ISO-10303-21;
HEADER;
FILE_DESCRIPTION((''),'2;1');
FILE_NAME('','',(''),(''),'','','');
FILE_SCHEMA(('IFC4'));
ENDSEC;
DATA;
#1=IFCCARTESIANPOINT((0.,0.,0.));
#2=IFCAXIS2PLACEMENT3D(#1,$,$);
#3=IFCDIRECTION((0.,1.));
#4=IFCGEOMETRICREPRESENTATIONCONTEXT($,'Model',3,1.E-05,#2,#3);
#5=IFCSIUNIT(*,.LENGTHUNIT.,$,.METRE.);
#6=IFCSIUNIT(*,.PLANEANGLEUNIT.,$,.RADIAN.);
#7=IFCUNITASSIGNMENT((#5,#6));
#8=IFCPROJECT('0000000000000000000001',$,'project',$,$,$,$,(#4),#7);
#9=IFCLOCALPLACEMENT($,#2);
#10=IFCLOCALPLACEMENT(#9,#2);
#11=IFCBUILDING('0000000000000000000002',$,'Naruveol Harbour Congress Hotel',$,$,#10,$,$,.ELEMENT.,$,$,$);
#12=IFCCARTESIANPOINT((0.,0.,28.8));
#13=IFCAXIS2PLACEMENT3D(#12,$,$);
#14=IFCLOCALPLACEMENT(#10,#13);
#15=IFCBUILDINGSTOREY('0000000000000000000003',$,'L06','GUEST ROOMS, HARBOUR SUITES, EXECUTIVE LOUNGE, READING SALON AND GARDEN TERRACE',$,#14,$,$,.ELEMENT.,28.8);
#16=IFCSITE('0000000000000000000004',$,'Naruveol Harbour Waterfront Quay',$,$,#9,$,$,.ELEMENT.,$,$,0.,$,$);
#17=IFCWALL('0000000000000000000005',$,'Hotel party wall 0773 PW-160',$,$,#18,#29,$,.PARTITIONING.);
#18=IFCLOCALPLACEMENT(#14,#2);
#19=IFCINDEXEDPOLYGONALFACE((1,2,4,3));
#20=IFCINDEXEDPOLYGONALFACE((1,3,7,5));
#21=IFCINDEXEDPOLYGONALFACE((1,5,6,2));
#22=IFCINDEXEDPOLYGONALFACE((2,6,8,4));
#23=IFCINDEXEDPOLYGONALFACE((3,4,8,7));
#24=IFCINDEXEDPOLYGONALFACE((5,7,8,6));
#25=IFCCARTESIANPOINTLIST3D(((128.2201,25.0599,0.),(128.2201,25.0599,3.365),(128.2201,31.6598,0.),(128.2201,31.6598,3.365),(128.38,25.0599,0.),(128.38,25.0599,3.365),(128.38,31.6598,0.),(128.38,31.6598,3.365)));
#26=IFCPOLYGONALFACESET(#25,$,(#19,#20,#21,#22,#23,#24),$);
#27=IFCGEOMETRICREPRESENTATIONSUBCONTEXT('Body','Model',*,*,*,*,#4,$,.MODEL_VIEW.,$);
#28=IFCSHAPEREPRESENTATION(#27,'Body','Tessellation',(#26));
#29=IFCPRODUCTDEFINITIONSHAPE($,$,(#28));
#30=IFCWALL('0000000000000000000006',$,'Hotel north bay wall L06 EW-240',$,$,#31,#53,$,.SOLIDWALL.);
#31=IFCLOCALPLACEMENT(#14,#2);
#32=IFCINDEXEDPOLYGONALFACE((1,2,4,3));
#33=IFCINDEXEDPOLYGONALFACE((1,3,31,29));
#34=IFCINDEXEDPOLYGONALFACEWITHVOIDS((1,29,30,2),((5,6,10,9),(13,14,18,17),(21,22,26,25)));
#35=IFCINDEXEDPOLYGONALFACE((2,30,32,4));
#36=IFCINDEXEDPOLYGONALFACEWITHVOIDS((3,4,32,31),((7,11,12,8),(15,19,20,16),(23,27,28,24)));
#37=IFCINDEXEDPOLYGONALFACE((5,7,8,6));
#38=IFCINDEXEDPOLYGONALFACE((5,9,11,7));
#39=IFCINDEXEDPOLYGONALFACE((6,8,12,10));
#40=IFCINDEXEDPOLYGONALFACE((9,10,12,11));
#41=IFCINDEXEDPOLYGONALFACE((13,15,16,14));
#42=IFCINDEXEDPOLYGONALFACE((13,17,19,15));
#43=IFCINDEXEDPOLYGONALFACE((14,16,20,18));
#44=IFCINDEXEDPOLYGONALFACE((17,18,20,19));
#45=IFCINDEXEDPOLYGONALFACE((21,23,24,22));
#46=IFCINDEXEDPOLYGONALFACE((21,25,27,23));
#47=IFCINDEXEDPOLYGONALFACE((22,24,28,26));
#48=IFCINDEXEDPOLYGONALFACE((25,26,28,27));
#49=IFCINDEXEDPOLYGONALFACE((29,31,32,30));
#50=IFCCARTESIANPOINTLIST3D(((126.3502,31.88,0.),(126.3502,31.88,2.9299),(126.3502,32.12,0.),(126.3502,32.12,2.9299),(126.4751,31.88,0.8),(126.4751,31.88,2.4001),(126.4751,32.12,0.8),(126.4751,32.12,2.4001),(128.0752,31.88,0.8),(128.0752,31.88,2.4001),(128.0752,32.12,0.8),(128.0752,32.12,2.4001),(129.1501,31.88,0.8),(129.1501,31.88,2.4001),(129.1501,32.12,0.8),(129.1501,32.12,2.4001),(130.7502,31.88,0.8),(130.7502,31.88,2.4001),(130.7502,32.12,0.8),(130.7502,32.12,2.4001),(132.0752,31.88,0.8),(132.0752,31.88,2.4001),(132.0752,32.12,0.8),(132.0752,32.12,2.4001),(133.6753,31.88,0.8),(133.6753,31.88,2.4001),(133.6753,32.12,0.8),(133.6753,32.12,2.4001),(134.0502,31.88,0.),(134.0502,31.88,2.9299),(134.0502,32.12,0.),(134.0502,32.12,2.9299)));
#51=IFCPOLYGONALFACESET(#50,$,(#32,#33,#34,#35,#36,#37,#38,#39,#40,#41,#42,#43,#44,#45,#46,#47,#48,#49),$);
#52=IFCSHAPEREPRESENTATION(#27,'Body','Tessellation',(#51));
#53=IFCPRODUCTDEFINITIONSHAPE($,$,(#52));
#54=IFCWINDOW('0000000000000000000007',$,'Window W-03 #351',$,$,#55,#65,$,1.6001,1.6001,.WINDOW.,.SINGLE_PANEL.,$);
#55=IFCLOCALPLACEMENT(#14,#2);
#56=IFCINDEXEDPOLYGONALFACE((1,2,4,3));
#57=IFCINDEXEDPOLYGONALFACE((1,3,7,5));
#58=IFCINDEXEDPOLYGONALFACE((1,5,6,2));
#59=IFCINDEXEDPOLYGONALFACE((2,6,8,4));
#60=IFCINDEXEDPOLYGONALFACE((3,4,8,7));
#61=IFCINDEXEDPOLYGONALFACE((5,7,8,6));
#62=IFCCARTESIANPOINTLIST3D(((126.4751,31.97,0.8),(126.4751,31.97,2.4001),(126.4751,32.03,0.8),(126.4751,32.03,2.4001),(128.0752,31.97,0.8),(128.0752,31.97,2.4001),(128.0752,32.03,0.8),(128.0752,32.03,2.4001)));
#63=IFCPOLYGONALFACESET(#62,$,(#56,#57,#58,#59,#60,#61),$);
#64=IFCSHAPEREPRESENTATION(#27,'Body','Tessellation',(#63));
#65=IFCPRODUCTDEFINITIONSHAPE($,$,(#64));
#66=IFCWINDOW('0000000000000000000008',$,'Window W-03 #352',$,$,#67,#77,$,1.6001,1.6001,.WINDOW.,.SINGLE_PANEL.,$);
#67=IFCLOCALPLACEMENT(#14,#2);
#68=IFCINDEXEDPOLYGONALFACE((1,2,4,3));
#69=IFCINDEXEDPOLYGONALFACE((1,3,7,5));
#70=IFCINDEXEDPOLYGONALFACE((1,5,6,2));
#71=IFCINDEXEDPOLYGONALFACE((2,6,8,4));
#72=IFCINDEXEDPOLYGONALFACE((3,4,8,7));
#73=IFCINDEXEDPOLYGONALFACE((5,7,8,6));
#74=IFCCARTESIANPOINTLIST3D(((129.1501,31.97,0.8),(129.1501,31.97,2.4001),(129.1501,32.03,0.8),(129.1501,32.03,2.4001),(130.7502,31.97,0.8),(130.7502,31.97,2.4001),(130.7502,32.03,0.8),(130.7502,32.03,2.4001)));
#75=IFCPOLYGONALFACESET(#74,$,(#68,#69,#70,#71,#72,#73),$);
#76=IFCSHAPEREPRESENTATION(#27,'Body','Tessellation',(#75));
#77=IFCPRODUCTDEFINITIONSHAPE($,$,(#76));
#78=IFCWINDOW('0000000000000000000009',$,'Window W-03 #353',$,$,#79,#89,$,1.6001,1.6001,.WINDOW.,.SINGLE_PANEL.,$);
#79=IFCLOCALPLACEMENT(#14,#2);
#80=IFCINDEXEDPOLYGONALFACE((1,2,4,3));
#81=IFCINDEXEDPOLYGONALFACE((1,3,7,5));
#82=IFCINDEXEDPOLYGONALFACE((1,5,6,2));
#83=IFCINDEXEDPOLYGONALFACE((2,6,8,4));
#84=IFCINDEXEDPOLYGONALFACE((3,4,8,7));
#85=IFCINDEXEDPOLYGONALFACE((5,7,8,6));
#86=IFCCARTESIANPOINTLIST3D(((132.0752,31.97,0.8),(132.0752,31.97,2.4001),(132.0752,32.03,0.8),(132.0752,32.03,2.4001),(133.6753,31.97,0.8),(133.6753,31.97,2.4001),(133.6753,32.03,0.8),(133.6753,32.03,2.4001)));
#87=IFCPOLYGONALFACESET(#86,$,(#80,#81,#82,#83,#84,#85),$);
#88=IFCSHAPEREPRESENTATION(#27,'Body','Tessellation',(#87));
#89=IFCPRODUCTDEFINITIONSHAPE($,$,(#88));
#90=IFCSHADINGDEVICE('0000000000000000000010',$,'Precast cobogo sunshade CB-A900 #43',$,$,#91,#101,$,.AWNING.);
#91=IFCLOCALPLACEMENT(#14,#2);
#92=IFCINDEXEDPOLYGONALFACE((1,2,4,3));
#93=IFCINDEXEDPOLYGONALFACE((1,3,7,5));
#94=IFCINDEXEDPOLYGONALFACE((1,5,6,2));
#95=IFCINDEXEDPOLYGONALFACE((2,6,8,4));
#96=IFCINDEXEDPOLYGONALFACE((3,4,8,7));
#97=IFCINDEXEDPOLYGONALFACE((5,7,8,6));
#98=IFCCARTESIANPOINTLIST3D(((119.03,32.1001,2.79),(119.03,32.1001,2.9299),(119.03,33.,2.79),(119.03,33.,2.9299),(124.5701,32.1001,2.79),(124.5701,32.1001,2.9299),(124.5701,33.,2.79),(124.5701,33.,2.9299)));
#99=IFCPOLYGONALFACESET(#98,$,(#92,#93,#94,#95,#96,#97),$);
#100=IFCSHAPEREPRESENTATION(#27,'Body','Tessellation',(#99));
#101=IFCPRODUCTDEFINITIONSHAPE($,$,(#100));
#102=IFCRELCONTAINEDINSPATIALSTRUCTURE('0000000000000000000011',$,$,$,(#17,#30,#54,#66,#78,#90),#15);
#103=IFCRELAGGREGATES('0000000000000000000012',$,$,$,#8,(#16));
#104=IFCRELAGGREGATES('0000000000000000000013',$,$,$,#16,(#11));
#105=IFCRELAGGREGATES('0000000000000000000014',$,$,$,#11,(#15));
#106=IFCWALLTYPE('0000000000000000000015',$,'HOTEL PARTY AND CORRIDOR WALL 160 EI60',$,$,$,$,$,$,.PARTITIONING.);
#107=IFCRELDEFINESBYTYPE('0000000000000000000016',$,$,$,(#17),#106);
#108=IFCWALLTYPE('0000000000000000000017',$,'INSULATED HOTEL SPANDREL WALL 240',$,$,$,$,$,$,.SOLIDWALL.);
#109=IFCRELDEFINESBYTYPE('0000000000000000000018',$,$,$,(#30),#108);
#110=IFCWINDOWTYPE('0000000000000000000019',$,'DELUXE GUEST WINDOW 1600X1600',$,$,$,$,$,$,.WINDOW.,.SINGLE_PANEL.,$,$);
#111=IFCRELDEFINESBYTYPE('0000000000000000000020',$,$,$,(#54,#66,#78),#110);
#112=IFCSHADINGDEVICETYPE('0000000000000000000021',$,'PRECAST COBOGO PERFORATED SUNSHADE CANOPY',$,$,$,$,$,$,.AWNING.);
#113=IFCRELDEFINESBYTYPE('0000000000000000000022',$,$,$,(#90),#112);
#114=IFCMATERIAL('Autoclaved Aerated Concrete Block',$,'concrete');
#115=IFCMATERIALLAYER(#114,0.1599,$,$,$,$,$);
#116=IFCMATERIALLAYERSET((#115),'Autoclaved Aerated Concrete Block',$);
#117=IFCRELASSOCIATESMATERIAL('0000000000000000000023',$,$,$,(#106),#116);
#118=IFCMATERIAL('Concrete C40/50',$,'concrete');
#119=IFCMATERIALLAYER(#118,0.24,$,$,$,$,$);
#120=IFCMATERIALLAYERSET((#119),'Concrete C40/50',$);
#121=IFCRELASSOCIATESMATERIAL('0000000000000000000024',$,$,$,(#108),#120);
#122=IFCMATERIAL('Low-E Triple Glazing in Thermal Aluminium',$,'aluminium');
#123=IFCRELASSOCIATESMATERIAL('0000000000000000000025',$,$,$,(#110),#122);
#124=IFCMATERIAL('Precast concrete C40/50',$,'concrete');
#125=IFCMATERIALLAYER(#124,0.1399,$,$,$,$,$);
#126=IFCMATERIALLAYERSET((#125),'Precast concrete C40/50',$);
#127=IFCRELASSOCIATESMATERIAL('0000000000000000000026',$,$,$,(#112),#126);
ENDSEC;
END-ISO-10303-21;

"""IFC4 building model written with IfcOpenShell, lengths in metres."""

from ifc_helpers import new_model, si_unit, direction, frame, frame_2d, origin, origin_2d, place, context, subcontext, project, spatial, rectangle, extrude, material, layer, layer_set, type_object, element, fill, save


model = new_model("IFC4")

# Units and contexts
model_context = context("Model", 3, precision=1e-05, world=origin(), true_north=direction((0.0, 1.0)))
body_context = subcontext(model_context, "Body", "Model", "MODEL_VIEW")
ifc_project = project(units=[si_unit("LENGTHUNIT", "METRE"), si_unit("PLANEANGLEUNIT", "RADIAN")], contexts=[model_context])

# Site, building, storey
site_placement = place(None, origin())
site = spatial("IfcSite", under=ifc_project, at=site_placement, Name="Naruveol Harbour Waterfront Quay", CompositionType="ELEMENT", RefElevation=0.0)
building_placement = place(site_placement, origin())
building = spatial("IfcBuilding", under=site, at=building_placement, Name="Naruveol Harbour Congress Hotel", CompositionType="ELEMENT")
storey_placement = place(building_placement, frame((0.0, 0.0, 28.8)))
storey = spatial("IfcBuildingStorey", under=building, at=storey_placement, Name="L06", Description="GUEST ROOMS, HARBOUR SUITES, EXECUTIVE LOUNGE, READING SALON AND GARDEN TERRACE", CompositionType="ELEMENT", Elevation=28.8)

# Shared definitions
ifc_material_1 = material(Name="Autoclaved Aerated Concrete Block", Category="concrete")
ifc_layer_1 = layer(ifc_material_1, 0.1599)
ifc_layer_set_1 = layer_set([ifc_layer_1], Name="Autoclaved Aerated Concrete Block")
wall_type_1 = type_object("IfcWallType", Name="HOTEL PARTY AND CORRIDOR WALL 160 EI60", PredefinedType="PARTITIONING", material=ifc_layer_set_1)

# Wall
wall_1_placement = place(storey_placement, frame((128.3, 25.0601, 0.0), z_axis=(0.0, 0.0, 1.0), x_axis=(0.0, 1.0, 0.0)))
element("IfcWall", 1, at=wall_1_placement, inside=storey, type_object=wall_type_1, Name="Hotel party wall 0773 PW-160", PredefinedType="PARTITIONING", context=body_context, shape_type="SweptSolid", body=[
    extrude(rectangle(XDim=6.5999, YDim=0.1599, at=frame_2d((3.2998, 0.0))), origin(), (0.0, 0.0, 1.0), 3.365),
])

# Wall, openings, windows
ifc_material_2 = material(Name="Concrete C40/50", Category="concrete")
ifc_layer_2 = layer(ifc_material_2, 0.24)
ifc_layer_set_2 = layer_set([ifc_layer_2], Name="Concrete C40/50")
wall_type_2 = type_object("IfcWallType", Name="INSULATED HOTEL SPANDREL WALL 240", PredefinedType="SOLIDWALL", material=ifc_layer_set_2)
wall_2_placement = place(storey_placement, frame((126.3501, 32.0, 0.0), z_axis=(0.0, 0.0, 1.0), x_axis=(1.0, 0.0, 0.0)))
wall_2 = element("IfcWall", 2, at=wall_2_placement, inside=storey, type_object=wall_type_2, Name="Hotel north bay wall L06 EW-240", PredefinedType="SOLIDWALL", context=body_context, shape_type="SweptSolid", body=[
    extrude(rectangle(XDim=7.7, YDim=0.24, at=frame_2d((3.8501, 0.0))), origin(), (0.0, 0.0, 1.0), 2.9299),
])
opening_1_placement = place(wall_2_placement, frame((0.125, 0.0, 0.8)))
opening_1 = element("IfcOpeningElement", 3, at=opening_1_placement, cuts=wall_2, PredefinedType="OPENING", context=body_context, shape_type="SweptSolid", body=[
    extrude(rectangle(XDim=1.6001, YDim=1.6001, at=frame_2d((0.8, 0.8))), frame((0.0, 0.1299, 0.0), z_axis=(0.0, -1.0, 0.0), x_axis=(1.0, 0.0, 0.0)), (0.0, 0.0, 1.0), 0.26),
])
opening_2_placement = place(wall_2_placement, frame((2.8, 0.0, 0.8)))
opening_2 = element("IfcOpeningElement", 4, at=opening_2_placement, cuts=wall_2, PredefinedType="OPENING", context=body_context, shape_type="SweptSolid", body=[
    extrude(rectangle(XDim=1.6001, YDim=1.6001, at=frame_2d((0.8, 0.8))), frame((0.0, 0.1299, 0.0), z_axis=(0.0, -1.0, 0.0), x_axis=(1.0, 0.0, 0.0)), (0.0, 0.0, 1.0), 0.26),
])
opening_3_placement = place(wall_2_placement, frame((5.7251, 0.0, 0.8)))
opening_3 = element("IfcOpeningElement", 5, at=opening_3_placement, cuts=wall_2, PredefinedType="OPENING", context=body_context, shape_type="SweptSolid", body=[
    extrude(rectangle(XDim=1.6001, YDim=1.6001, at=frame_2d((0.8, 0.8))), frame((0.0, 0.1299, 0.0), z_axis=(0.0, -1.0, 0.0), x_axis=(1.0, 0.0, 0.0)), (0.0, 0.0, 1.0), 0.26),
])
ifc_material_3 = material(Name="Low-E Triple Glazing in Thermal Aluminium", Category="aluminium")
window_type = type_object("IfcWindowType", Name="DELUXE GUEST WINDOW 1600X1600", PartitioningType="SINGLE_PANEL", PredefinedType="WINDOW", material=ifc_material_3)
window_1_placement = place(opening_1_placement, origin())
window_1 = element("IfcWindow", 6, at=window_1_placement, inside=storey, type_object=window_type, Name="Window W-03 #351", OverallHeight=1.6001, OverallWidth=1.6001, PartitioningType="SINGLE_PANEL", PredefinedType="WINDOW", context=body_context, shape_type="SweptSolid", body=[
    extrude(rectangle(XDim=1.6001, YDim=1.6001, at=frame_2d((0.8, 0.8))), frame((0.0, 0.03, 0.0), z_axis=(0.0, -1.0, 0.0), x_axis=(1.0, 0.0, 0.0)), (0.0, 0.0, 1.0), 0.0601),
])
fill(opening_1, window_1)
window_2_placement = place(opening_2_placement, origin())
window_2 = element("IfcWindow", 7, at=window_2_placement, inside=storey, type_object=window_type, Name="Window W-03 #352", OverallHeight=1.6001, OverallWidth=1.6001, PartitioningType="SINGLE_PANEL", PredefinedType="WINDOW", context=body_context, shape_type="SweptSolid", body=[
    extrude(rectangle(XDim=1.6001, YDim=1.6001, at=frame_2d((0.8, 0.8))), frame((0.0, 0.03, 0.0), z_axis=(0.0, -1.0, 0.0), x_axis=(1.0, 0.0, 0.0)), (0.0, 0.0, 1.0), 0.0601),
])
fill(opening_2, window_2)
window_3_placement = place(opening_3_placement, origin())
window_3 = element("IfcWindow", 8, at=window_3_placement, inside=storey, type_object=window_type, Name="Window W-03 #353", OverallHeight=1.6001, OverallWidth=1.6001, PartitioningType="SINGLE_PANEL", PredefinedType="WINDOW", context=body_context, shape_type="SweptSolid", body=[
    extrude(rectangle(XDim=1.6001, YDim=1.6001, at=frame_2d((0.8, 0.8))), frame((0.0, 0.03, 0.0), z_axis=(0.0, -1.0, 0.0), x_axis=(1.0, 0.0, 0.0)), (0.0, 0.0, 1.0), 0.0601),
])
fill(opening_3, window_3)

# Shading device
ifc_material_4 = material(Name="Precast concrete C40/50", Category="concrete")
ifc_layer_3 = layer(ifc_material_4, 0.1399)
ifc_layer_set_3 = layer_set([ifc_layer_3], Name="Precast concrete C40/50")
shading_device_type = type_object("IfcShadingDeviceType", Name="PRECAST COBOGO PERFORATED SUNSHADE CANOPY", PredefinedType="AWNING", material=ifc_layer_set_3)
shading_device_placement = place(storey_placement, frame((121.8, 32.55, 2.79), z_axis=(0.0, 0.0, 1.0), x_axis=(1.0, 0.0, 0.0)))
element("IfcShadingDevice", 9, at=shading_device_placement, inside=storey, type_object=shading_device_type, Name="Precast cobogo sunshade CB-A900 #43", PredefinedType="AWNING", context=body_context, shape_type="SweptSolid", body=[
    extrude(rectangle(XDim=5.54, YDim=0.8999, at=origin_2d()), origin(), (0.0, 0.0, 1.0), 0.1399),
])

save(model, "model.ifc")
